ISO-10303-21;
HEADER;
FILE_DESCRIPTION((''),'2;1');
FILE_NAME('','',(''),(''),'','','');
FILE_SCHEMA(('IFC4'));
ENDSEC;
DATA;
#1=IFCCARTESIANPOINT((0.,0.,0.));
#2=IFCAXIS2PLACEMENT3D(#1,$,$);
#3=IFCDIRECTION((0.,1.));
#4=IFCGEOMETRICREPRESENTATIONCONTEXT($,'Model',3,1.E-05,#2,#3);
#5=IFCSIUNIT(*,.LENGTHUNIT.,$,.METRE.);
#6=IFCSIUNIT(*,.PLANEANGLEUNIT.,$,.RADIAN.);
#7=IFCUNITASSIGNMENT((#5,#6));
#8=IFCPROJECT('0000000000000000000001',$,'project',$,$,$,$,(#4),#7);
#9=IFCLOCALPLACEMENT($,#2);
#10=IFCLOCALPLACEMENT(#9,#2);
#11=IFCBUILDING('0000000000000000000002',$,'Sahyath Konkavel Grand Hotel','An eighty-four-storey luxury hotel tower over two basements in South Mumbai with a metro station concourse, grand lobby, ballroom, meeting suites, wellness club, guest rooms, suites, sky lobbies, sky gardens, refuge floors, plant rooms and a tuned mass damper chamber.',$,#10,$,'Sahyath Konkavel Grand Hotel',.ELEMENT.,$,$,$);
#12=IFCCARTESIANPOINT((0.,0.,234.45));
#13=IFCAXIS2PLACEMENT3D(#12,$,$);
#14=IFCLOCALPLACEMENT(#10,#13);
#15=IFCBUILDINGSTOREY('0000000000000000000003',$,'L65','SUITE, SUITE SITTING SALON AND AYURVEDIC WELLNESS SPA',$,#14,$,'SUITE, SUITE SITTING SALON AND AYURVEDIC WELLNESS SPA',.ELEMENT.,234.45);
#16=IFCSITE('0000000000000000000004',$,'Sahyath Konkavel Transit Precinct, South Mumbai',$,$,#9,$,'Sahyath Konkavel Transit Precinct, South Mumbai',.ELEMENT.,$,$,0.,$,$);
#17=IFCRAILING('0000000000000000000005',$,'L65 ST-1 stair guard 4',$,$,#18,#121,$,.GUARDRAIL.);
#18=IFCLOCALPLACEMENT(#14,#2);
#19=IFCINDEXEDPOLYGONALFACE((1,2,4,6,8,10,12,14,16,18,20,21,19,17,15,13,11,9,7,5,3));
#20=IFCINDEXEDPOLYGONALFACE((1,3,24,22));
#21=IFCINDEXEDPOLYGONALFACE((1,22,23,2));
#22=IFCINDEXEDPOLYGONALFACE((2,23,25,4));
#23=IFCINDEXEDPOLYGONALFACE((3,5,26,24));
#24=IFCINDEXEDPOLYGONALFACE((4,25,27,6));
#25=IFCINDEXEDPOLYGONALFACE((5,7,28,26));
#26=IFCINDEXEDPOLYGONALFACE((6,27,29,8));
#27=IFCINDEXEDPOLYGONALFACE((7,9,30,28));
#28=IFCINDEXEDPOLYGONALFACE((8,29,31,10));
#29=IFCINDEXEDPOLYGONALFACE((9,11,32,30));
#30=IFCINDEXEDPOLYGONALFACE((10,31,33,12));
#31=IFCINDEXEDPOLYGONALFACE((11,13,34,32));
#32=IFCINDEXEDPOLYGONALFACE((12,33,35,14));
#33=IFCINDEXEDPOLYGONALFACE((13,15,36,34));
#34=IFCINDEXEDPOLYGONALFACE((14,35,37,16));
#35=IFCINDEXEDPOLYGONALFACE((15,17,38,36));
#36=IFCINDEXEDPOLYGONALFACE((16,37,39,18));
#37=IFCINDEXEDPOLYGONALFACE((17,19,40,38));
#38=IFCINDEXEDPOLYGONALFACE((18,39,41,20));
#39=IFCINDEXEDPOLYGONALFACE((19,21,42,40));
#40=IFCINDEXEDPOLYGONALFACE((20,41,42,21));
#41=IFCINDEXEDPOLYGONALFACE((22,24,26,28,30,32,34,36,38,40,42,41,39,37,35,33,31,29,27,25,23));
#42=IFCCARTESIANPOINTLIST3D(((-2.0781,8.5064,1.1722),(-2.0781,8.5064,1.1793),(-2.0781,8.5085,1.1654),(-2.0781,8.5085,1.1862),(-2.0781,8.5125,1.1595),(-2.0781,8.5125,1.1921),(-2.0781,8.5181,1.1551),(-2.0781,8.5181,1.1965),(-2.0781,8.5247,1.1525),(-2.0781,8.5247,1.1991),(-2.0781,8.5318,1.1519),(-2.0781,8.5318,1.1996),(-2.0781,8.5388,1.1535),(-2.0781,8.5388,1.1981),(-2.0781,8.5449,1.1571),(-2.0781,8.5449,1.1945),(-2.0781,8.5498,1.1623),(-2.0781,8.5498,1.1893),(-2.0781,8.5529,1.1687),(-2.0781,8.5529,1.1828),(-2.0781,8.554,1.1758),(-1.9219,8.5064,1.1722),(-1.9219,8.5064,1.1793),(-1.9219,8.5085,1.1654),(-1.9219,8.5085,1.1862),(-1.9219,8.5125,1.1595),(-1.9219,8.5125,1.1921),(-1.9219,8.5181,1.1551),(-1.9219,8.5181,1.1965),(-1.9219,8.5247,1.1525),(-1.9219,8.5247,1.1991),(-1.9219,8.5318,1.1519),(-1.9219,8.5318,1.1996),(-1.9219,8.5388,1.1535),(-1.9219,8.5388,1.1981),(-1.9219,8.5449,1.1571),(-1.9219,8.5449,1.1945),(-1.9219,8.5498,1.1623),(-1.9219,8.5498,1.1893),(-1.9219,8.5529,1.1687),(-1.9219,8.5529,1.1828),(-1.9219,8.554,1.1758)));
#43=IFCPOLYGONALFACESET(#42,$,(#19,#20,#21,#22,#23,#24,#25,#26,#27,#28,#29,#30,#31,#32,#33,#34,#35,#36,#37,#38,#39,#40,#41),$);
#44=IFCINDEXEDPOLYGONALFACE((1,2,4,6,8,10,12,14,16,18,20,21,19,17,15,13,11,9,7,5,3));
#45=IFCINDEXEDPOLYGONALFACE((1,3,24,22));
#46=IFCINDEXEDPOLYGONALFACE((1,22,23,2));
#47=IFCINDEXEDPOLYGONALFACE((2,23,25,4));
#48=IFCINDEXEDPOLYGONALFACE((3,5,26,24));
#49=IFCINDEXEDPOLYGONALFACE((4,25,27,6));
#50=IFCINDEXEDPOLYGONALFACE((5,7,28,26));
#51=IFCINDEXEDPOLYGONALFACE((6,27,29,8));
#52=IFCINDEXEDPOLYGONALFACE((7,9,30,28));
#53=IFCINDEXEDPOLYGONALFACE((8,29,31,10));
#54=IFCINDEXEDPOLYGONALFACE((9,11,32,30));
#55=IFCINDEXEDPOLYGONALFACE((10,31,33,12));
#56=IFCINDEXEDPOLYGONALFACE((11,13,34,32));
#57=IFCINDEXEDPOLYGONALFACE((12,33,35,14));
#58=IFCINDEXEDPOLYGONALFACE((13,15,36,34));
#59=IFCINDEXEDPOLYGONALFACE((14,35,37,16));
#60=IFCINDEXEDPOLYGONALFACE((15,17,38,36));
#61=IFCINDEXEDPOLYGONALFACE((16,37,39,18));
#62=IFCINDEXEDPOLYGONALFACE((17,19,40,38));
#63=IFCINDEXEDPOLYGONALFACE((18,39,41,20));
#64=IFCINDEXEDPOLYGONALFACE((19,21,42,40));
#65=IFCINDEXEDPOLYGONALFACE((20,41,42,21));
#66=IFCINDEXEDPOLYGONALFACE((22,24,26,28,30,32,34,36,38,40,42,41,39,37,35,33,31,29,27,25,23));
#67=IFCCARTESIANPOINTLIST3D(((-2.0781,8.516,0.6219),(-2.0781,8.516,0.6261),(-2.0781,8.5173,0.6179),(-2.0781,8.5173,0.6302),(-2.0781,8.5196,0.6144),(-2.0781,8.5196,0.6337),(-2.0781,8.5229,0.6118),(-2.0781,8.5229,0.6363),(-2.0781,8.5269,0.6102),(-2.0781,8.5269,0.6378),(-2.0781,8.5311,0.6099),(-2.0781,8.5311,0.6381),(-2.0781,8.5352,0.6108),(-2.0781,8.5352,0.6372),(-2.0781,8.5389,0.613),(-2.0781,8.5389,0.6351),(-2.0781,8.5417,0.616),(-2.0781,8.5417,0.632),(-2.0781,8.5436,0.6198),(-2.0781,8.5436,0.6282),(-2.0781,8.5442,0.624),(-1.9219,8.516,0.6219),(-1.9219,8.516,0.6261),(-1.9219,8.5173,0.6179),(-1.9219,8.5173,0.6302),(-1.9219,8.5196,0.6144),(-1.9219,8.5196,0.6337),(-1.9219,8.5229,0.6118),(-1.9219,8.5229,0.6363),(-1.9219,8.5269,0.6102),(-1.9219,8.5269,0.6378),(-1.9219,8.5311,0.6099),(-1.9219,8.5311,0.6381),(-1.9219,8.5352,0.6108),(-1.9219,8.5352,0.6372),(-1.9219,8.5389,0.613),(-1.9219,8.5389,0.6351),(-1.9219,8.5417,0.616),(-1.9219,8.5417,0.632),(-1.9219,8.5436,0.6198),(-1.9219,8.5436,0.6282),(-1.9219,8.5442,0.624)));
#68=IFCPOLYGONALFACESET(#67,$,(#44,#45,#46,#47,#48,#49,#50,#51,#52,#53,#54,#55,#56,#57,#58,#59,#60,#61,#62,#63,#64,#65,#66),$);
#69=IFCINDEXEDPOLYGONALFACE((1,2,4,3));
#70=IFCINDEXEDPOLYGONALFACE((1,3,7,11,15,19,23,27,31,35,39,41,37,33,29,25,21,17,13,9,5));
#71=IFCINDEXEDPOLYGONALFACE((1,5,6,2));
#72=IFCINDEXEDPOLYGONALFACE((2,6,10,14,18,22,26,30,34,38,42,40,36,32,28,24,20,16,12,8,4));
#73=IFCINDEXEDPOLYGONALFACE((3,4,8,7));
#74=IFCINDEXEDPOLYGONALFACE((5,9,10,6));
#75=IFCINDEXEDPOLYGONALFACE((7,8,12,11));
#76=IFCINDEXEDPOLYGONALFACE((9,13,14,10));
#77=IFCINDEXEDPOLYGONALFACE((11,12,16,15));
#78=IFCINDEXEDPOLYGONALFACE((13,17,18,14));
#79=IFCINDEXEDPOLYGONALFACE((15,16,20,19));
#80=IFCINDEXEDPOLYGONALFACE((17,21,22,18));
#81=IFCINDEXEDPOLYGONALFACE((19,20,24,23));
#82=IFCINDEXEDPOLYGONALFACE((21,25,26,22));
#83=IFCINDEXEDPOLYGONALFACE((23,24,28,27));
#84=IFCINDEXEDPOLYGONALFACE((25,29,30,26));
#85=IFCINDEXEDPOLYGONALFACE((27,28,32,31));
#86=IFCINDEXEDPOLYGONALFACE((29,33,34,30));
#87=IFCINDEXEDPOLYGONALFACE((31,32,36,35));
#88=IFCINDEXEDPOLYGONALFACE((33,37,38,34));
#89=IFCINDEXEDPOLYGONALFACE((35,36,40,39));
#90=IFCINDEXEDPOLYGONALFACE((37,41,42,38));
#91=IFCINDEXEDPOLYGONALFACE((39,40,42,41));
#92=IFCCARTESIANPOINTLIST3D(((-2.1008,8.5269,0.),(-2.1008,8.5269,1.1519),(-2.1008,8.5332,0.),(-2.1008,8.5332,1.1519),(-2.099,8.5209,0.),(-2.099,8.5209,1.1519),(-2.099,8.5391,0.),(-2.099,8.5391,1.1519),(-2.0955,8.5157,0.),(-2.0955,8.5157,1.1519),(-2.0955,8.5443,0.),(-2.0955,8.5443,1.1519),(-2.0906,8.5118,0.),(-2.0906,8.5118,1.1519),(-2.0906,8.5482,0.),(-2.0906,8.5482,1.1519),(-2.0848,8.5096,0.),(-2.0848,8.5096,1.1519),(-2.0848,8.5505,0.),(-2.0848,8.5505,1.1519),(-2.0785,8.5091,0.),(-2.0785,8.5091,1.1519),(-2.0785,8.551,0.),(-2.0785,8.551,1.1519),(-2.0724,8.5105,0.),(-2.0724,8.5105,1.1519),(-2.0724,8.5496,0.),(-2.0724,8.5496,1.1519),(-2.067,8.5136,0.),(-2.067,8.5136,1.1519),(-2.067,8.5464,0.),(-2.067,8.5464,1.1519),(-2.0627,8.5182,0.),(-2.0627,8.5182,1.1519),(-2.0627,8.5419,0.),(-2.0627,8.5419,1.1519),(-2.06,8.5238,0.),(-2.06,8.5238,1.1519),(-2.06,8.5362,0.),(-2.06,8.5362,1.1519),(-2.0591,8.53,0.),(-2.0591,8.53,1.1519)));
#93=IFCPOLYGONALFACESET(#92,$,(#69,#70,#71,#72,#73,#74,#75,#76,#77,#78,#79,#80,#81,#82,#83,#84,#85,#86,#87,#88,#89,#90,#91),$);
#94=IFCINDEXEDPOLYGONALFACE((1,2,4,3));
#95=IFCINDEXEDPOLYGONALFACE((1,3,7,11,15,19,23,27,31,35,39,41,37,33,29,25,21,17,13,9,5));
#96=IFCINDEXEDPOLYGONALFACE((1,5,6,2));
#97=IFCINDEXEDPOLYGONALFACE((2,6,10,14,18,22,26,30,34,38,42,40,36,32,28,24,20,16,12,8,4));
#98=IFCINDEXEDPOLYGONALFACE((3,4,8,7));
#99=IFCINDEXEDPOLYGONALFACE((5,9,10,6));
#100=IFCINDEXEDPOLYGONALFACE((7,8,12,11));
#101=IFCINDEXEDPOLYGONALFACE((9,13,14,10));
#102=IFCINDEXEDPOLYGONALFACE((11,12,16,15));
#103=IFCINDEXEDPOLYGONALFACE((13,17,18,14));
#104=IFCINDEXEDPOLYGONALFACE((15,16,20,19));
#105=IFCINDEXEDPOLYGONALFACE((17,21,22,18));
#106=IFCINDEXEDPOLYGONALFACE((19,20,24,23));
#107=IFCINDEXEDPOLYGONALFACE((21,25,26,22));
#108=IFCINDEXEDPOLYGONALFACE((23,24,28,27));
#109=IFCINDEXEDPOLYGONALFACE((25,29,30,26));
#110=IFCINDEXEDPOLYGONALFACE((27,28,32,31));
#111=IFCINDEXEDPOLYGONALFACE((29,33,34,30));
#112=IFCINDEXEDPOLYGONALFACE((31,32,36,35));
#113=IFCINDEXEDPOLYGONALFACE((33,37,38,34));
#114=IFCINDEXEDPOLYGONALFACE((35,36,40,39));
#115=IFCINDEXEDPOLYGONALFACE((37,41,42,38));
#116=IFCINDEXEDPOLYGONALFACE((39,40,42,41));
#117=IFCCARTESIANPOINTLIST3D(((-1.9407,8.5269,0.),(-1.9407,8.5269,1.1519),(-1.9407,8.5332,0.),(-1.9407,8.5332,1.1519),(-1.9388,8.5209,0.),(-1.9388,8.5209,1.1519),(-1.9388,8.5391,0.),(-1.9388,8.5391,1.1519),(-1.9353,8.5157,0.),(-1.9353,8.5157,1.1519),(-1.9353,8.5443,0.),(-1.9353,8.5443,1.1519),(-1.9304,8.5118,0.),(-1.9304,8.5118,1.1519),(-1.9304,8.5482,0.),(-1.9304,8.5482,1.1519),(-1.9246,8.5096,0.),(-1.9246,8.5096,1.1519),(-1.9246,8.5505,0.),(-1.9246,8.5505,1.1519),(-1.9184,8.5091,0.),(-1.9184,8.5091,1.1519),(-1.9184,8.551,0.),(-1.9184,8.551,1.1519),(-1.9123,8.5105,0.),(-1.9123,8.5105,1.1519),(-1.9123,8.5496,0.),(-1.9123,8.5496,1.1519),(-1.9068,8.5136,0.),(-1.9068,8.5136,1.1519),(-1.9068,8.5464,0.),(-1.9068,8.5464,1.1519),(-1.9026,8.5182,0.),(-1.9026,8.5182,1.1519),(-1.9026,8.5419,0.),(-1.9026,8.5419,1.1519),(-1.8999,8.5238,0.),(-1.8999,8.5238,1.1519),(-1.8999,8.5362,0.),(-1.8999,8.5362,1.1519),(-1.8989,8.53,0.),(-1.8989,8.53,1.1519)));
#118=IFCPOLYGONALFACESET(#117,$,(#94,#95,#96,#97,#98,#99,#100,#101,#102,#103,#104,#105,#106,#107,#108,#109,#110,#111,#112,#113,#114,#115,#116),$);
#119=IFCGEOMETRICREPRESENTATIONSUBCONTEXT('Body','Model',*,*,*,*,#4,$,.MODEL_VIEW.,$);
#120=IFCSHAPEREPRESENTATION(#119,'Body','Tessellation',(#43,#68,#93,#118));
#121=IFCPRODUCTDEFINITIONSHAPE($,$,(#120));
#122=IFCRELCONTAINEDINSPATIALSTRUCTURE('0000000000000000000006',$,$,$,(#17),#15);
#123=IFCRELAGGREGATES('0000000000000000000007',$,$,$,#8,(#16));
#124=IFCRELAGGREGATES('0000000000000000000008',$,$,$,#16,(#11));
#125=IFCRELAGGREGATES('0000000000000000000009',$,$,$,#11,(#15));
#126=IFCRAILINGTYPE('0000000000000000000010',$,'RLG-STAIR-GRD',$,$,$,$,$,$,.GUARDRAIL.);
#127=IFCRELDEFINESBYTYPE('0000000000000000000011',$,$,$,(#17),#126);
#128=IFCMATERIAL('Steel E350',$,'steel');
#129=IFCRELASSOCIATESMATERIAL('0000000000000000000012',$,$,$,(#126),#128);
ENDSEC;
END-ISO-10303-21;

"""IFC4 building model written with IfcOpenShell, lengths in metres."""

from ifc_helpers import new_model, si_unit, direction, frame, origin, origin_2d, place, context, subcontext, project, spatial, circle, extrude, material, type_object, element, save


model = new_model("IFC4")

# Units and contexts
model_context = context("Model", 3, precision=1e-05, world=origin(), true_north=direction((0.0, 1.0)))
body_context = subcontext(model_context, "Body", "Model", "MODEL_VIEW")
ifc_project = project(units=[si_unit("LENGTHUNIT", "METRE"), si_unit("PLANEANGLEUNIT", "RADIAN")], contexts=[model_context])

# Site, building, storey
site_placement = place(None, origin())
site = spatial("IfcSite", under=ifc_project, at=site_placement, Name="Sahyath Konkavel Transit Precinct, South Mumbai", LongName="Sahyath Konkavel Transit Precinct, South Mumbai", CompositionType="ELEMENT", RefElevation=0.0)
building_placement = place(site_placement, origin())
building = spatial("IfcBuilding", under=site, at=building_placement, Name="Sahyath Konkavel Grand Hotel", Description="An eighty-four-storey luxury hotel tower over two basements in South Mumbai with a metro station concourse, grand lobby, ballroom, meeting suites, wellness club, guest rooms, suites, sky lobbies, sky gardens, refuge floors, plant rooms and a tuned mass damper chamber.", LongName="Sahyath Konkavel Grand Hotel", CompositionType="ELEMENT")
storey_placement = place(building_placement, frame((0.0, 0.0, 234.45)))
storey = spatial("IfcBuildingStorey", under=building, at=storey_placement, Name="L65", Description="SUITE, SUITE SITTING SALON AND AYURVEDIC WELLNESS SPA", LongName="SUITE, SUITE SITTING SALON AND AYURVEDIC WELLNESS SPA", CompositionType="ELEMENT", Elevation=234.45)

# Shared definitions
ifc_material_1 = material(Name="Steel E350", Category="steel")

# Railing
railing_type_1 = type_object("IfcRailingType", Name="RLG-STAIR-GRD", PredefinedType="GUARDRAIL", material=ifc_material_1)
railing_1_placement = place(storey_placement, frame((-2.0801, 8.53, 0.0)))
element("IfcRailing", 1, at=railing_1_placement, inside=storey, type_object=railing_type_1, Name="L65 ST-1 stair guard 4", PredefinedType="GUARDRAIL", context=body_context, shape_type="SweptSolid", body=[
    extrude(circle(Radius=0.0239, at=origin_2d()), frame((0.002, 0.0, 1.1758), z_axis=(1.0, 0.0, 0.0), x_axis=(0.0, 1.0, 0.0)), (0.0, 0.0, 1.0), 0.1562),
    extrude(circle(Radius=0.0142, at=origin_2d()), frame((0.002, 0.0, 0.624), z_axis=(1.0, 0.0, 0.0), x_axis=(0.0, 1.0, 0.0)), (0.0, 0.0, 1.0), 0.1562),
    extrude(circle(Radius=0.021, at=origin_2d()), origin(), (0.0, 0.0, 1.0), 1.1519),
    extrude(circle(Radius=0.021, at=origin_2d()), frame((0.1602, 0.0, 0.0)), (0.0, 0.0, 1.0), 1.1519),
])

save(model, "model.ifc")
